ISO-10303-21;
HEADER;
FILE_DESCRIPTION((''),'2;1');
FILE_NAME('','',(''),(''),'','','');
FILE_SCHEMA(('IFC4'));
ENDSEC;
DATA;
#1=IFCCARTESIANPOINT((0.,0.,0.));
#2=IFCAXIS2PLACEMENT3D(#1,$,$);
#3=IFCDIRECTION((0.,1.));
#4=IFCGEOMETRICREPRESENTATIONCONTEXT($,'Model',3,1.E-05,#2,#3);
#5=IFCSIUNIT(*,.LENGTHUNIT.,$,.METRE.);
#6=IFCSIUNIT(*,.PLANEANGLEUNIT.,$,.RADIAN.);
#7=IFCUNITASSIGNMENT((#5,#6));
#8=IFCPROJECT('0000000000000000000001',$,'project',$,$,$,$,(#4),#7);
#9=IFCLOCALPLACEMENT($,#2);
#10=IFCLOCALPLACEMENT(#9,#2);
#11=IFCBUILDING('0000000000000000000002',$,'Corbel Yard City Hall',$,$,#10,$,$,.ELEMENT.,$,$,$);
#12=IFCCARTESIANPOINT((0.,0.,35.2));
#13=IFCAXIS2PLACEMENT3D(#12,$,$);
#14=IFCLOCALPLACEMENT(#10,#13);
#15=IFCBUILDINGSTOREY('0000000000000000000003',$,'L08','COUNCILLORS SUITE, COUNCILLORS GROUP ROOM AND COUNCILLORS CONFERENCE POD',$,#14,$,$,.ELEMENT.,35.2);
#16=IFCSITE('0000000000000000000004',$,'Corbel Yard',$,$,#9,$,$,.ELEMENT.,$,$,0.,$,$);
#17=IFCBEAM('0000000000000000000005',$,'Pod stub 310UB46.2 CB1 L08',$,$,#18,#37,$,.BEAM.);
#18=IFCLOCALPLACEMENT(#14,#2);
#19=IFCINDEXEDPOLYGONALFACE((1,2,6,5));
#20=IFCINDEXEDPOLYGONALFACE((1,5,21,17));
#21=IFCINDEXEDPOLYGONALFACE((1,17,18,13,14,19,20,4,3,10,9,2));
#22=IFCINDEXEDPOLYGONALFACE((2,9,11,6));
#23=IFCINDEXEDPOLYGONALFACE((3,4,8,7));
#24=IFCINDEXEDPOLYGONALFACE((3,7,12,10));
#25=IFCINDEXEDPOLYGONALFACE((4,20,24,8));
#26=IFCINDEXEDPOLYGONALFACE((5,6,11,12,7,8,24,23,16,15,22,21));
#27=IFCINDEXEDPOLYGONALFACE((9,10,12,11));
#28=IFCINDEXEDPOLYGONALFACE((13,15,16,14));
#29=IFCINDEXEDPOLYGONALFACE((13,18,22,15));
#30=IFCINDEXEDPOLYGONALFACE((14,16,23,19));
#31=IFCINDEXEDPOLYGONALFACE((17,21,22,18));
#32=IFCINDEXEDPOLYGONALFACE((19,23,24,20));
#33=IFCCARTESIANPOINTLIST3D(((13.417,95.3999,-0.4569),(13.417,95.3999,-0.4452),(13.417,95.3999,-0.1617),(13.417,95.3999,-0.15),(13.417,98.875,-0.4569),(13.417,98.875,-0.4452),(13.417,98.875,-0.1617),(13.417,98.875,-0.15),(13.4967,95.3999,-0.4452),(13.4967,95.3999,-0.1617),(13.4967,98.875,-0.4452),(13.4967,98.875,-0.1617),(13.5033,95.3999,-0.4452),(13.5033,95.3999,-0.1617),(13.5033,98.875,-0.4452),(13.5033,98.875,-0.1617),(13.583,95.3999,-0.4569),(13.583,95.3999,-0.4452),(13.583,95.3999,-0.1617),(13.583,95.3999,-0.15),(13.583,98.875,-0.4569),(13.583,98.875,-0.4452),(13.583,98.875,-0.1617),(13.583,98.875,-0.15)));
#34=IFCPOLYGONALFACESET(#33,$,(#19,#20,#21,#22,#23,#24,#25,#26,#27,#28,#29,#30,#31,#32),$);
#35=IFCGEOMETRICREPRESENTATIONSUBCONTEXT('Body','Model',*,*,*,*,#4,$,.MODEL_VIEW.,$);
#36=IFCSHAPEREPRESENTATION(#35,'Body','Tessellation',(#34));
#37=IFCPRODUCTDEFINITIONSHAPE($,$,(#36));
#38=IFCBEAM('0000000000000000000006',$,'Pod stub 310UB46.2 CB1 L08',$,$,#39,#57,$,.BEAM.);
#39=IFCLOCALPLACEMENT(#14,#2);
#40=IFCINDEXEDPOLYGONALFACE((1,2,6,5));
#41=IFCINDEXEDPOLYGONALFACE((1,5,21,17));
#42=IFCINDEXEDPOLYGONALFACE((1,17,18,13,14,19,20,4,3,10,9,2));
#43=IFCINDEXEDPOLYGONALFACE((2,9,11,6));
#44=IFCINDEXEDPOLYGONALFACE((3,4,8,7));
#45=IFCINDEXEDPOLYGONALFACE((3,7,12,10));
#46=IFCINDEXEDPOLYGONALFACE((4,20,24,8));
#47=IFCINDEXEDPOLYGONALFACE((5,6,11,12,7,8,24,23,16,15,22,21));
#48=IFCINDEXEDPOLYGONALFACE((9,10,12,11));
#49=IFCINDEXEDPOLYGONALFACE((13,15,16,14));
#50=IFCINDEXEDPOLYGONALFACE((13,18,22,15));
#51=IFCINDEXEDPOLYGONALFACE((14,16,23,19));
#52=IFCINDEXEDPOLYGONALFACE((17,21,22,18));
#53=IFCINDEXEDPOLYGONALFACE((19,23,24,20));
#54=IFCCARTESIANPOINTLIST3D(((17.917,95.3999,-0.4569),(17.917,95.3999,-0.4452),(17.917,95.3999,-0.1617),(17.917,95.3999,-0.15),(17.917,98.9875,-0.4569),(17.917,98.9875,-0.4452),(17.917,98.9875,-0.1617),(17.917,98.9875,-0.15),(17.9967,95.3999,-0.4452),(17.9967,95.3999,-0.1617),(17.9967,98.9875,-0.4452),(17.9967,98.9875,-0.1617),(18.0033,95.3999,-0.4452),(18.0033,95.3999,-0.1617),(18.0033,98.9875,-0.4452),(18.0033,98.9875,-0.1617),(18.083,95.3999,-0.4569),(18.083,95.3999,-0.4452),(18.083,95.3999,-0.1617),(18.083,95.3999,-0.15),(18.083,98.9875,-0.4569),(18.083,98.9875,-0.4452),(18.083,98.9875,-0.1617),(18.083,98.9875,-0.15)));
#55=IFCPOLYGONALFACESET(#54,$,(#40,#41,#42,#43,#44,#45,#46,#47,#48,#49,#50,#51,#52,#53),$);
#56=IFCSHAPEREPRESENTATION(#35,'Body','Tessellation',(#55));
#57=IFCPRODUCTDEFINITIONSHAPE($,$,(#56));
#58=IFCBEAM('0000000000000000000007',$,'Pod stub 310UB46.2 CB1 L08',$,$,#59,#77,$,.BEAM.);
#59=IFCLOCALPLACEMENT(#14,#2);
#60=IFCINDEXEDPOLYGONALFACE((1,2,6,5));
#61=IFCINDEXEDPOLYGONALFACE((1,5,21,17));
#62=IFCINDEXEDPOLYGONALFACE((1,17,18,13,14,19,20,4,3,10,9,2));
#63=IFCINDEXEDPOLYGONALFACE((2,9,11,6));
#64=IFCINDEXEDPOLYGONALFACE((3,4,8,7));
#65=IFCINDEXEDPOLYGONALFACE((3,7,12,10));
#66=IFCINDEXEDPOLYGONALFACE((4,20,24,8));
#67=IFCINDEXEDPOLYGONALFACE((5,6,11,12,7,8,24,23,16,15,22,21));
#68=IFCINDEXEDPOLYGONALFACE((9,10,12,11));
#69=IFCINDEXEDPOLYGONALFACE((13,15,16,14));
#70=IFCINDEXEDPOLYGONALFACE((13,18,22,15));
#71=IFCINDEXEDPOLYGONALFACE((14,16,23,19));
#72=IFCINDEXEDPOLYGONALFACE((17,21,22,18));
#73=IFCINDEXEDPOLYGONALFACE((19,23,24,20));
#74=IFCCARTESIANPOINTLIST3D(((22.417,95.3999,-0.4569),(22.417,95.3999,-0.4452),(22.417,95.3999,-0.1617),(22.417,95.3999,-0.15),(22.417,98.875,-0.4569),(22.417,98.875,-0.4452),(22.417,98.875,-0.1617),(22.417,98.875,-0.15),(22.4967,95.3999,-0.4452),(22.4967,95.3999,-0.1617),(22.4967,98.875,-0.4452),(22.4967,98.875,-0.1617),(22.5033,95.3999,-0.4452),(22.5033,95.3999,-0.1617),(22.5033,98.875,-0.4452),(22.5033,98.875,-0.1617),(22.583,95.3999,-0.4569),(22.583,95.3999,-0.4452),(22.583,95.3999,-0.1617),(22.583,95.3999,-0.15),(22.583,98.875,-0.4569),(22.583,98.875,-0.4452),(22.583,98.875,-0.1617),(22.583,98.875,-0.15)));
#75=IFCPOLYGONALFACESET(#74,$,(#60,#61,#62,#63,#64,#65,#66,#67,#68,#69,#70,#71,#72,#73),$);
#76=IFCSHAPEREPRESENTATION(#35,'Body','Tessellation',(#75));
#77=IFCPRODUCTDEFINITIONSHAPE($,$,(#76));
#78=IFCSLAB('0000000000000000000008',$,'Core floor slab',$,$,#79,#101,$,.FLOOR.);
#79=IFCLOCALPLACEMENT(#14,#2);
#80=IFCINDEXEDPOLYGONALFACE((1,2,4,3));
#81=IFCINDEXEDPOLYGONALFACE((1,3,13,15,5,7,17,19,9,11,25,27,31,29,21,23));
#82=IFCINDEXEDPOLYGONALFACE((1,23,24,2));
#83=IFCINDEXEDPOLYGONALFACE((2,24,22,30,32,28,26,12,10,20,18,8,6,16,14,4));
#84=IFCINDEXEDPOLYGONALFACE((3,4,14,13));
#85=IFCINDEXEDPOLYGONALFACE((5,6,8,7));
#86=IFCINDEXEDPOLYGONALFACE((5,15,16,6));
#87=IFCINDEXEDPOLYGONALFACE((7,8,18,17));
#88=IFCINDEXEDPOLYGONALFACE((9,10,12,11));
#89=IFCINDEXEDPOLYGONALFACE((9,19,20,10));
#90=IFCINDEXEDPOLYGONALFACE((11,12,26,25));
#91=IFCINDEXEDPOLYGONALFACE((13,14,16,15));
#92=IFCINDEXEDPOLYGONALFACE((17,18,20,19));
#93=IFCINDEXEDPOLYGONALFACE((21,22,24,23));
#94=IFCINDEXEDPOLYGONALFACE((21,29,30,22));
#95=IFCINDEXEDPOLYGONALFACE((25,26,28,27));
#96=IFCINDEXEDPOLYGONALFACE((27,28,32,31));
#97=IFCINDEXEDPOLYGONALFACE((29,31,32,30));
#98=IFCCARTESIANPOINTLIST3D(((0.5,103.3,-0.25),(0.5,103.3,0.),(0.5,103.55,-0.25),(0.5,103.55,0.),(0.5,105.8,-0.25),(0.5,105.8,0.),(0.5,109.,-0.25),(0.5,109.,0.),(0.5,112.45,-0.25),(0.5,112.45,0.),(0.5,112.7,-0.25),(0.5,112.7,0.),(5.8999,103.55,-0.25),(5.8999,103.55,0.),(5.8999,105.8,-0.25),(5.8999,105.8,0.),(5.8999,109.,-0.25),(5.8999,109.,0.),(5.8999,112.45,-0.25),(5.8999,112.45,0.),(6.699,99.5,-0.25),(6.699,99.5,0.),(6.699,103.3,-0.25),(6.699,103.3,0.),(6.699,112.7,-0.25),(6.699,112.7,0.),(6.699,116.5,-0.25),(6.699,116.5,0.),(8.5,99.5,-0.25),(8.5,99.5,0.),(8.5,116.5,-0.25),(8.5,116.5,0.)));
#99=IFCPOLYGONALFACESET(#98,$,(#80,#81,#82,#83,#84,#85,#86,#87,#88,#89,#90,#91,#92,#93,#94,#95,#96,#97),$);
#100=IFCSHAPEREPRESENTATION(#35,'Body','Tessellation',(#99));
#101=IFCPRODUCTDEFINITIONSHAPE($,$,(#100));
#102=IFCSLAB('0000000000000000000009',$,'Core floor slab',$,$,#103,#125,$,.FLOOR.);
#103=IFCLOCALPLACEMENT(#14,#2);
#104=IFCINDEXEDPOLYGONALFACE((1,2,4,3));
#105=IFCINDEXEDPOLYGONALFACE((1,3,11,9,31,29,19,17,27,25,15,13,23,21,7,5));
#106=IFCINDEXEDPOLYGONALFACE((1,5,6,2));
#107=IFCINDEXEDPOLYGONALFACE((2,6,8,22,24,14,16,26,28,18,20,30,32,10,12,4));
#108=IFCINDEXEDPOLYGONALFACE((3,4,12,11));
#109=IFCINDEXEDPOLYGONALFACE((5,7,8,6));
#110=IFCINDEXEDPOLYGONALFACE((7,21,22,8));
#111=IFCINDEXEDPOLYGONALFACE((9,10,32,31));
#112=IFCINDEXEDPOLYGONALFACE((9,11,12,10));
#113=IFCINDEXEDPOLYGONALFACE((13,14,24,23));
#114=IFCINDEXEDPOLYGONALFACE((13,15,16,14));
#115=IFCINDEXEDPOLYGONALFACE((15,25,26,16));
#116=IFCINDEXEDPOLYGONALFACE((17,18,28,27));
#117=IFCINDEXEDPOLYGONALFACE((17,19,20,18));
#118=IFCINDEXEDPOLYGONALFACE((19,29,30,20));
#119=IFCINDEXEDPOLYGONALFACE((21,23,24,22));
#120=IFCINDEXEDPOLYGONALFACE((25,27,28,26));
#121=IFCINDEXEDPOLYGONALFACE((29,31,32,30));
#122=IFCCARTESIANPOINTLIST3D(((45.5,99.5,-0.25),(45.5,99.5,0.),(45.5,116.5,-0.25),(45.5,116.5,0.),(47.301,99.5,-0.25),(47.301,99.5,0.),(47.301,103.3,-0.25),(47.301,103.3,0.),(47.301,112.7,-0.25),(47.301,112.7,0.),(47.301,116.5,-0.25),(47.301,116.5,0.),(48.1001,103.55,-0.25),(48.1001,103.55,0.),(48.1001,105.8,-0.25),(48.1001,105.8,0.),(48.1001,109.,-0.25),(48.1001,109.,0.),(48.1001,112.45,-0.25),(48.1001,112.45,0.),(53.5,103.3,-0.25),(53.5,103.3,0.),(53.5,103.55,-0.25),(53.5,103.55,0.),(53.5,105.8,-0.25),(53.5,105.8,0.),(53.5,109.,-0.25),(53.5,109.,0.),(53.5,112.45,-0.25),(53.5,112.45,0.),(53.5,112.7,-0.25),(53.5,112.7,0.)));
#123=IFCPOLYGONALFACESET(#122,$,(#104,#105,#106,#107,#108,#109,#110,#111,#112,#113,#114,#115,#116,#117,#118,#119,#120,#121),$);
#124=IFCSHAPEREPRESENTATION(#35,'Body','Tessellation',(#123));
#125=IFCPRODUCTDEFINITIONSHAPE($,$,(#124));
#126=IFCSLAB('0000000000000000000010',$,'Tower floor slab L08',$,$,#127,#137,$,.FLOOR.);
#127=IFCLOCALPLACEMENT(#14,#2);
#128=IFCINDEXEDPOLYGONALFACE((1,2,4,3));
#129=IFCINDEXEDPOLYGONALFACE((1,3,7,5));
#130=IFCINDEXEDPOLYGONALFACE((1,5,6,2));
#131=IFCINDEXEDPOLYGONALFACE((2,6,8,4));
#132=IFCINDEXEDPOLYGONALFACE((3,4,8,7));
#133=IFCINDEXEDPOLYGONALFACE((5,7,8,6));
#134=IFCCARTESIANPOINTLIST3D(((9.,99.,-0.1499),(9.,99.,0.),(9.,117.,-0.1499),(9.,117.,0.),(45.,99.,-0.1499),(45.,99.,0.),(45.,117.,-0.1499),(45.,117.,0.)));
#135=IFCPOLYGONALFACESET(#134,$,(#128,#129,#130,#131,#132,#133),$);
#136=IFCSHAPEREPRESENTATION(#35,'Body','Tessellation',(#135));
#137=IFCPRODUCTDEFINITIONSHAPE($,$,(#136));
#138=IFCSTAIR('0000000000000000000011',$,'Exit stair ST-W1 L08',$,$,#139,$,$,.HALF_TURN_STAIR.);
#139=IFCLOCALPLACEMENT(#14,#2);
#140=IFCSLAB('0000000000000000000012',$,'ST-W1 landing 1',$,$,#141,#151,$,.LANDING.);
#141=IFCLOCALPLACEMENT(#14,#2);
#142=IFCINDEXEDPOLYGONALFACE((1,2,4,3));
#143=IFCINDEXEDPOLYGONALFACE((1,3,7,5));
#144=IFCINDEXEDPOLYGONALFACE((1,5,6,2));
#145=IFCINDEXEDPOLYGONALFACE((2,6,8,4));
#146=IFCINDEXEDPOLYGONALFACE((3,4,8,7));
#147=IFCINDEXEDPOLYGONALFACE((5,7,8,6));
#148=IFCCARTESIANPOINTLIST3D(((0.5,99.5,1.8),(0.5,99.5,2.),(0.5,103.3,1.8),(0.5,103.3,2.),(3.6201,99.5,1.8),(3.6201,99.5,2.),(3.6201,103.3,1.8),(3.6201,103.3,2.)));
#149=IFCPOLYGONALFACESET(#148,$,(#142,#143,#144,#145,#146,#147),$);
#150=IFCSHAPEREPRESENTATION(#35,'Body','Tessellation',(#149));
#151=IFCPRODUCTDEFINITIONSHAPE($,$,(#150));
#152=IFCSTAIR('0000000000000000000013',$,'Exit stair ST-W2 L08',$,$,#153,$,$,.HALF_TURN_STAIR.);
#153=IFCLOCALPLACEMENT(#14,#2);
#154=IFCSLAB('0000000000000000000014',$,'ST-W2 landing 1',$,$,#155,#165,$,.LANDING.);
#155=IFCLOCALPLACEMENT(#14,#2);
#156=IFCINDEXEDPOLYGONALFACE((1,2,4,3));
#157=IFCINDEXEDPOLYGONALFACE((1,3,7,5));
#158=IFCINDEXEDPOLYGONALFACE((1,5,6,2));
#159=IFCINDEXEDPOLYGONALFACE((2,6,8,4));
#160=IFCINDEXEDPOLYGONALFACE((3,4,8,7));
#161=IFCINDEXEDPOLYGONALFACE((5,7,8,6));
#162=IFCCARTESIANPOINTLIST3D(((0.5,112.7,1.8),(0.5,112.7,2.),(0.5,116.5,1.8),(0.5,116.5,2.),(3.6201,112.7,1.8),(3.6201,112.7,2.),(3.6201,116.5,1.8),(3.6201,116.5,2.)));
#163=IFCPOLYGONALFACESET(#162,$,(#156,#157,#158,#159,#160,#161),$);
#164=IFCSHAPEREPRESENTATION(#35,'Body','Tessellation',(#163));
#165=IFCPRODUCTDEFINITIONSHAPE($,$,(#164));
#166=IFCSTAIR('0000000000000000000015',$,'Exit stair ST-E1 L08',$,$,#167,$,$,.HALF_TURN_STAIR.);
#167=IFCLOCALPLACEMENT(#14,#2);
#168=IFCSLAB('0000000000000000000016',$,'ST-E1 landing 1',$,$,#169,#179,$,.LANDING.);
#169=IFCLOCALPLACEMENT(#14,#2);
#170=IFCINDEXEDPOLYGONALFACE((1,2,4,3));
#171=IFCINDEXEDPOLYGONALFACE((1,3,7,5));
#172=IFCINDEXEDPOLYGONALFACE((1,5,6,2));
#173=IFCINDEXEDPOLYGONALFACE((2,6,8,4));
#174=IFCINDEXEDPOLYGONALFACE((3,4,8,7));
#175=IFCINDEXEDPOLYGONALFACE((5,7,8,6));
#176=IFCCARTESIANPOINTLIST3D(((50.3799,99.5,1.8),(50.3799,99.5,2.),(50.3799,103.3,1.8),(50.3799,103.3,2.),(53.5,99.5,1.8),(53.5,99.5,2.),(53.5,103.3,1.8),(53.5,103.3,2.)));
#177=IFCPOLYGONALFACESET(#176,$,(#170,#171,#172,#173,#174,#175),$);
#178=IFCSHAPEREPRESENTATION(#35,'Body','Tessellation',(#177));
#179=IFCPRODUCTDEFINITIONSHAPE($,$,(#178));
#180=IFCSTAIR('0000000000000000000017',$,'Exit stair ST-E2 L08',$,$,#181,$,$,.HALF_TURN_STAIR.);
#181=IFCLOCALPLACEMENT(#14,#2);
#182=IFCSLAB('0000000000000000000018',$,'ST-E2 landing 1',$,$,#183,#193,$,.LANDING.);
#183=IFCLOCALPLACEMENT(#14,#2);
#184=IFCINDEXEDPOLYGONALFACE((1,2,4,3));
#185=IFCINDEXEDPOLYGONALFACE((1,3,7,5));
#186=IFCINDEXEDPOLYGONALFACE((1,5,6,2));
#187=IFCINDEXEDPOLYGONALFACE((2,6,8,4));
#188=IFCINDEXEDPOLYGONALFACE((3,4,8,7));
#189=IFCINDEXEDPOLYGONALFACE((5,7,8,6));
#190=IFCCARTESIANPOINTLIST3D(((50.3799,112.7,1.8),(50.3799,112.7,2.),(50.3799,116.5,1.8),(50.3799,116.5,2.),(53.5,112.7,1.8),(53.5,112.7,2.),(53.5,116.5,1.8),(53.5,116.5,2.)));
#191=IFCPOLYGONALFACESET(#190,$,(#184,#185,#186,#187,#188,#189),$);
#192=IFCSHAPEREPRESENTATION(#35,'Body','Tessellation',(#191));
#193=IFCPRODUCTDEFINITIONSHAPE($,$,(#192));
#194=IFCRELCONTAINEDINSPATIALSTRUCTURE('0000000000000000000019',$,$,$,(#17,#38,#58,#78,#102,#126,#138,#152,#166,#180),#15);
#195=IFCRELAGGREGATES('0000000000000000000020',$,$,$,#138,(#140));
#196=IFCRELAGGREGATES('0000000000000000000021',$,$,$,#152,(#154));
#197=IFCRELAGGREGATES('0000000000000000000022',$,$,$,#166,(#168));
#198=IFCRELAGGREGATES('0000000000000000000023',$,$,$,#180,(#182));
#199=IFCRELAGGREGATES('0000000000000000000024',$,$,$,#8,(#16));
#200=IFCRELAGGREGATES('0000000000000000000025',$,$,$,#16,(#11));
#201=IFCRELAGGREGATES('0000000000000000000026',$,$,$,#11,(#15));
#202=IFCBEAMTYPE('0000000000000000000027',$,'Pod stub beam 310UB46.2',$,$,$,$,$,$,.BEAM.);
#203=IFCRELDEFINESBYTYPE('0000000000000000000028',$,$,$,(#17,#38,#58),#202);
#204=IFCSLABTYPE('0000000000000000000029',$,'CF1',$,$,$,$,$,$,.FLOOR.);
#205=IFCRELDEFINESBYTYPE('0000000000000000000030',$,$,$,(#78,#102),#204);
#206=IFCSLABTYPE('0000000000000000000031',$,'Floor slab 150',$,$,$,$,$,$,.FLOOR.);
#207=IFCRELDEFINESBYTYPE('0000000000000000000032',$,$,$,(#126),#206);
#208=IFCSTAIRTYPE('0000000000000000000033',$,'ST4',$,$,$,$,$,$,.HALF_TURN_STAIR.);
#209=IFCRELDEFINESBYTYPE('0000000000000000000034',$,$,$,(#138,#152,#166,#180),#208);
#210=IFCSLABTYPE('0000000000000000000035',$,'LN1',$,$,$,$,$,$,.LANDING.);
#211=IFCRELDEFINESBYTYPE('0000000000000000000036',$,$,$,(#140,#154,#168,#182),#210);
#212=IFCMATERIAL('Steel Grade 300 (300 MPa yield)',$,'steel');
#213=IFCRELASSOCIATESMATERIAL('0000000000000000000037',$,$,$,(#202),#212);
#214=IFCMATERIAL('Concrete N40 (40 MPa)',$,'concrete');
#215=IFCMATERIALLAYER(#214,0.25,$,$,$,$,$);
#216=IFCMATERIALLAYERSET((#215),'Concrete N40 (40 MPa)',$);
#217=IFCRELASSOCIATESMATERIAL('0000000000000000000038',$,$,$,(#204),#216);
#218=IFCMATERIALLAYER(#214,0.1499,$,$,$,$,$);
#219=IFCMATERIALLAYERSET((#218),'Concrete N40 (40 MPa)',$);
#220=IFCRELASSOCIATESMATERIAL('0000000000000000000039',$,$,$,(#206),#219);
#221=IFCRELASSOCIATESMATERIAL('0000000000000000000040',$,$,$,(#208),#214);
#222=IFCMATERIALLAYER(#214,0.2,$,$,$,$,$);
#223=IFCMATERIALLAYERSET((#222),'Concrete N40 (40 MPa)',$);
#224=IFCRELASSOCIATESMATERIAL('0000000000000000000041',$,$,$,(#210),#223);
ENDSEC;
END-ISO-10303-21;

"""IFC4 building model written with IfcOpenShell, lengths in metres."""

from ifc_helpers import new_model, si_unit, direction, frame, origin, origin_2d, place, context, subcontext, project, spatial, polyline, i_section, outline, extrude, material, layer, layer_set, material_profile, profile_set, type_object, element, aggregate, save


model = new_model("IFC4")

# Units and contexts
model_context = context("Model", 3, precision=1e-05, world=origin(), true_north=direction((0.0, 1.0)))
body_context = subcontext(model_context, "Body", "Model", "MODEL_VIEW")
ifc_project = project(units=[si_unit("LENGTHUNIT", "METRE"), si_unit("PLANEANGLEUNIT", "RADIAN")], contexts=[model_context])

# Site, building, storey
site_placement = place(None, origin())
site = spatial("IfcSite", under=ifc_project, at=site_placement, Name="Corbel Yard", CompositionType="ELEMENT", RefElevation=0.0)
building_placement = place(site_placement, origin())
building = spatial("IfcBuilding", under=site, at=building_placement, Name="Corbel Yard City Hall", CompositionType="ELEMENT")
storey_placement = place(building_placement, frame((0.0, 0.0, 35.2)))
storey = spatial("IfcBuildingStorey", under=building, at=storey_placement, Name="L08", Description="COUNCILLORS SUITE, COUNCILLORS GROUP ROOM AND COUNCILLORS CONFERENCE POD", CompositionType="ELEMENT", Elevation=35.2)

# Beams
ifc_material_1 = material(Name="Steel Grade 300 (300 MPa yield)", Category="steel")
ifc_material_profile = material_profile(ifc_material_1, i_section(OverallWidth=0.166, OverallDepth=0.3069, WebThickness=0.0066, FlangeThickness=0.0117, at=origin_2d()), Name="310UB46.2")
ifc_profile_set = profile_set([ifc_material_profile], Name="Steel Grade 300 (300 MPa yield)")
beam_type = type_object("IfcBeamType", Name="Pod stub beam 310UB46.2", PredefinedType="BEAM", material=ifc_profile_set)
beam_1_placement = place(storey_placement, frame((13.5, 95.3999, -0.3035), z_axis=(0.0, 1.0, 0.0), x_axis=(-1.0, 0.0, 0.0)))
element("IfcBeam", 1, at=beam_1_placement, inside=storey, type_object=beam_type, Name="Pod stub 310UB46.2 CB1 L08", PredefinedType="BEAM", context=body_context, shape_type="SweptSolid", body=[
    extrude(i_section(OverallWidth=0.166, OverallDepth=0.3069, WebThickness=0.0066, FlangeThickness=0.0117, at=origin_2d()), origin(), (0.0, 0.0, 1.0), 3.4751),
])
beam_2_placement = place(storey_placement, frame((18.0, 95.3999, -0.3035), z_axis=(0.0, 1.0, 0.0), x_axis=(-1.0, 0.0, 0.0)))
element("IfcBeam", 2, at=beam_2_placement, inside=storey, type_object=beam_type, Name="Pod stub 310UB46.2 CB1 L08", PredefinedType="BEAM", context=body_context, shape_type="SweptSolid", body=[
    extrude(i_section(OverallWidth=0.166, OverallDepth=0.3069, WebThickness=0.0066, FlangeThickness=0.0117, at=origin_2d()), origin(), (0.0, 0.0, 1.0), 3.5876),
])
beam_3_placement = place(storey_placement, frame((22.5, 95.3999, -0.3035), z_axis=(0.0, 1.0, 0.0), x_axis=(-1.0, 0.0, 0.0)))
element("IfcBeam", 3, at=beam_3_placement, inside=storey, type_object=beam_type, Name="Pod stub 310UB46.2 CB1 L08", PredefinedType="BEAM", context=body_context, shape_type="SweptSolid", body=[
    extrude(i_section(OverallWidth=0.166, OverallDepth=0.3069, WebThickness=0.0066, FlangeThickness=0.0117, at=origin_2d()), origin(), (0.0, 0.0, 1.0), 3.4751),
])

# Slabs
ifc_material_2 = material(Name="Concrete N40 (40 MPa)", Category="concrete")
ifc_layer_1 = layer(ifc_material_2, 0.25)
ifc_layer_set_1 = layer_set([ifc_layer_1], Name="Concrete N40 (40 MPa)")
slab_type_1 = type_object("IfcSlabType", Name="CF1", PredefinedType="FLOOR", material=ifc_layer_set_1)
slab_1_placement = place(storey_placement, frame((0.0, 0.0, -0.25)))
element("IfcSlab", 4, at=slab_1_placement, inside=storey, type_object=slab_type_1, Name="Core floor slab", PredefinedType="FLOOR", context=body_context, shape_type="SweptSolid", body=[
    extrude(outline(polyline([(8.5, 116.5), (6.699, 116.5), (6.699, 112.7), (0.5, 112.7), (0.5, 112.45), (5.8999, 112.45), (5.8999, 109.0), (0.5, 109.0), (0.5, 105.8), (5.8999, 105.8), (5.8999, 103.55), (0.5, 103.55), (0.5, 103.3), (6.699, 103.3), (6.699, 99.5), (8.5, 99.5), (8.5, 116.5)])), origin(), (0.0, 0.0, 1.0), 0.25),
])
slab_2_placement = place(storey_placement, frame((0.0, 0.0, -0.25)))
element("IfcSlab", 5, at=slab_2_placement, inside=storey, type_object=slab_type_1, Name="Core floor slab", PredefinedType="FLOOR", context=body_context, shape_type="SweptSolid", body=[
    extrude(outline(polyline([(53.5, 103.3), (53.5, 103.55), (48.1001, 103.55), (48.1001, 105.8), (53.5, 105.8), (53.5, 109.0), (48.1001, 109.0), (48.1001, 112.45), (53.5, 112.45), (53.5, 112.7), (47.301, 112.7), (47.301, 116.5), (45.5, 116.5), (45.5, 99.5), (47.301, 99.5), (47.301, 103.3), (53.5, 103.3)])), origin(), (0.0, 0.0, 1.0), 0.25),
])
ifc_layer_2 = layer(ifc_material_2, 0.1499)
ifc_layer_set_2 = layer_set([ifc_layer_2], Name="Concrete N40 (40 MPa)")
slab_type_2 = type_object("IfcSlabType", Name="Floor slab 150", PredefinedType="FLOOR", material=ifc_layer_set_2)
slab_3_placement = place(storey_placement, frame((0.0, 0.0, -0.1499)))
element("IfcSlab", 6, at=slab_3_placement, inside=storey, type_object=slab_type_2, Name="Tower floor slab L08", PredefinedType="FLOOR", context=body_context, shape_type="SweptSolid", body=[
    extrude(outline(polyline([(45.0, 99.0), (45.0, 117.0), (9.0, 117.0), (9.0, 99.0), (45.0, 99.0)])), origin(), (0.0, 0.0, 1.0), 0.1499),
])

# Stairs, slabs
stair_type = type_object("IfcStairType", Name="ST4", PredefinedType="HALF_TURN_STAIR", material=ifc_material_2)
stair_1_placement = place(storey_placement, origin())
stair_1 = element("IfcStair", 7, at=stair_1_placement, inside=storey, type_object=stair_type, Name="Exit stair ST-W1 L08", PredefinedType="HALF_TURN_STAIR")
ifc_layer_3 = layer(ifc_material_2, 0.2)
ifc_layer_set_3 = layer_set([ifc_layer_3], Name="Concrete N40 (40 MPa)")
slab_type_3 = type_object("IfcSlabType", Name="LN1", PredefinedType="LANDING", material=ifc_layer_set_3)
slab_4_placement = place(storey_placement, frame((0.0, 0.0, 1.8)))
slab_4 = element("IfcSlab", 8, at=slab_4_placement, type_object=slab_type_3, Name="ST-W1 landing 1", PredefinedType="LANDING", context=body_context, shape_type="SweptSolid", body=[
    extrude(outline(polyline([(0.5, 99.5), (3.6201, 99.5), (3.6201, 103.3), (0.5, 103.3), (0.5, 99.5)])), origin(), (0.0, 0.0, 1.0), 0.2),
])
aggregate(stair_1, [slab_4])
stair_2_placement = place(storey_placement, origin())
stair_2 = element("IfcStair", 9, at=stair_2_placement, inside=storey, type_object=stair_type, Name="Exit stair ST-W2 L08", PredefinedType="HALF_TURN_STAIR")
slab_5_placement = place(storey_placement, frame((0.0, 0.0, 1.8)))
slab_5 = element("IfcSlab", 10, at=slab_5_placement, type_object=slab_type_3, Name="ST-W2 landing 1", PredefinedType="LANDING", context=body_context, shape_type="SweptSolid", body=[
    extrude(outline(polyline([(0.5, 112.7), (3.6201, 112.7), (3.6201, 116.5), (0.5, 116.5), (0.5, 112.7)])), origin(), (0.0, 0.0, 1.0), 0.2),
])
aggregate(stair_2, [slab_5])
stair_3_placement = place(storey_placement, origin())
stair_3 = element("IfcStair", 11, at=stair_3_placement, inside=storey, type_object=stair_type, Name="Exit stair ST-E1 L08", PredefinedType="HALF_TURN_STAIR")
slab_6_placement = place(storey_placement, frame((0.0, 0.0, 1.8)))
slab_6 = element("IfcSlab", 12, at=slab_6_placement, type_object=slab_type_3, Name="ST-E1 landing 1", PredefinedType="LANDING", context=body_context, shape_type="SweptSolid", body=[
    extrude(outline(polyline([(50.3799, 99.5), (53.5, 99.5), (53.5, 103.3), (50.3799, 103.3), (50.3799, 99.5)])), origin(), (0.0, 0.0, 1.0), 0.2),
])
aggregate(stair_3, [slab_6])
stair_4_placement = place(storey_placement, origin())
stair_4 = element("IfcStair", 13, at=stair_4_placement, inside=storey, type_object=stair_type, Name="Exit stair ST-E2 L08", PredefinedType="HALF_TURN_STAIR")
slab_7_placement = place(storey_placement, frame((0.0, 0.0, 1.8)))
slab_7 = element("IfcSlab", 14, at=slab_7_placement, type_object=slab_type_3, Name="ST-E2 landing 1", PredefinedType="LANDING", context=body_context, shape_type="SweptSolid", body=[
    extrude(outline(polyline([(50.3799, 112.7), (53.5, 112.7), (53.5, 116.5), (50.3799, 116.5), (50.3799, 112.7)])), origin(), (0.0, 0.0, 1.0), 0.2),
])
aggregate(stair_4, [slab_7])

save(model, "model.ifc")
